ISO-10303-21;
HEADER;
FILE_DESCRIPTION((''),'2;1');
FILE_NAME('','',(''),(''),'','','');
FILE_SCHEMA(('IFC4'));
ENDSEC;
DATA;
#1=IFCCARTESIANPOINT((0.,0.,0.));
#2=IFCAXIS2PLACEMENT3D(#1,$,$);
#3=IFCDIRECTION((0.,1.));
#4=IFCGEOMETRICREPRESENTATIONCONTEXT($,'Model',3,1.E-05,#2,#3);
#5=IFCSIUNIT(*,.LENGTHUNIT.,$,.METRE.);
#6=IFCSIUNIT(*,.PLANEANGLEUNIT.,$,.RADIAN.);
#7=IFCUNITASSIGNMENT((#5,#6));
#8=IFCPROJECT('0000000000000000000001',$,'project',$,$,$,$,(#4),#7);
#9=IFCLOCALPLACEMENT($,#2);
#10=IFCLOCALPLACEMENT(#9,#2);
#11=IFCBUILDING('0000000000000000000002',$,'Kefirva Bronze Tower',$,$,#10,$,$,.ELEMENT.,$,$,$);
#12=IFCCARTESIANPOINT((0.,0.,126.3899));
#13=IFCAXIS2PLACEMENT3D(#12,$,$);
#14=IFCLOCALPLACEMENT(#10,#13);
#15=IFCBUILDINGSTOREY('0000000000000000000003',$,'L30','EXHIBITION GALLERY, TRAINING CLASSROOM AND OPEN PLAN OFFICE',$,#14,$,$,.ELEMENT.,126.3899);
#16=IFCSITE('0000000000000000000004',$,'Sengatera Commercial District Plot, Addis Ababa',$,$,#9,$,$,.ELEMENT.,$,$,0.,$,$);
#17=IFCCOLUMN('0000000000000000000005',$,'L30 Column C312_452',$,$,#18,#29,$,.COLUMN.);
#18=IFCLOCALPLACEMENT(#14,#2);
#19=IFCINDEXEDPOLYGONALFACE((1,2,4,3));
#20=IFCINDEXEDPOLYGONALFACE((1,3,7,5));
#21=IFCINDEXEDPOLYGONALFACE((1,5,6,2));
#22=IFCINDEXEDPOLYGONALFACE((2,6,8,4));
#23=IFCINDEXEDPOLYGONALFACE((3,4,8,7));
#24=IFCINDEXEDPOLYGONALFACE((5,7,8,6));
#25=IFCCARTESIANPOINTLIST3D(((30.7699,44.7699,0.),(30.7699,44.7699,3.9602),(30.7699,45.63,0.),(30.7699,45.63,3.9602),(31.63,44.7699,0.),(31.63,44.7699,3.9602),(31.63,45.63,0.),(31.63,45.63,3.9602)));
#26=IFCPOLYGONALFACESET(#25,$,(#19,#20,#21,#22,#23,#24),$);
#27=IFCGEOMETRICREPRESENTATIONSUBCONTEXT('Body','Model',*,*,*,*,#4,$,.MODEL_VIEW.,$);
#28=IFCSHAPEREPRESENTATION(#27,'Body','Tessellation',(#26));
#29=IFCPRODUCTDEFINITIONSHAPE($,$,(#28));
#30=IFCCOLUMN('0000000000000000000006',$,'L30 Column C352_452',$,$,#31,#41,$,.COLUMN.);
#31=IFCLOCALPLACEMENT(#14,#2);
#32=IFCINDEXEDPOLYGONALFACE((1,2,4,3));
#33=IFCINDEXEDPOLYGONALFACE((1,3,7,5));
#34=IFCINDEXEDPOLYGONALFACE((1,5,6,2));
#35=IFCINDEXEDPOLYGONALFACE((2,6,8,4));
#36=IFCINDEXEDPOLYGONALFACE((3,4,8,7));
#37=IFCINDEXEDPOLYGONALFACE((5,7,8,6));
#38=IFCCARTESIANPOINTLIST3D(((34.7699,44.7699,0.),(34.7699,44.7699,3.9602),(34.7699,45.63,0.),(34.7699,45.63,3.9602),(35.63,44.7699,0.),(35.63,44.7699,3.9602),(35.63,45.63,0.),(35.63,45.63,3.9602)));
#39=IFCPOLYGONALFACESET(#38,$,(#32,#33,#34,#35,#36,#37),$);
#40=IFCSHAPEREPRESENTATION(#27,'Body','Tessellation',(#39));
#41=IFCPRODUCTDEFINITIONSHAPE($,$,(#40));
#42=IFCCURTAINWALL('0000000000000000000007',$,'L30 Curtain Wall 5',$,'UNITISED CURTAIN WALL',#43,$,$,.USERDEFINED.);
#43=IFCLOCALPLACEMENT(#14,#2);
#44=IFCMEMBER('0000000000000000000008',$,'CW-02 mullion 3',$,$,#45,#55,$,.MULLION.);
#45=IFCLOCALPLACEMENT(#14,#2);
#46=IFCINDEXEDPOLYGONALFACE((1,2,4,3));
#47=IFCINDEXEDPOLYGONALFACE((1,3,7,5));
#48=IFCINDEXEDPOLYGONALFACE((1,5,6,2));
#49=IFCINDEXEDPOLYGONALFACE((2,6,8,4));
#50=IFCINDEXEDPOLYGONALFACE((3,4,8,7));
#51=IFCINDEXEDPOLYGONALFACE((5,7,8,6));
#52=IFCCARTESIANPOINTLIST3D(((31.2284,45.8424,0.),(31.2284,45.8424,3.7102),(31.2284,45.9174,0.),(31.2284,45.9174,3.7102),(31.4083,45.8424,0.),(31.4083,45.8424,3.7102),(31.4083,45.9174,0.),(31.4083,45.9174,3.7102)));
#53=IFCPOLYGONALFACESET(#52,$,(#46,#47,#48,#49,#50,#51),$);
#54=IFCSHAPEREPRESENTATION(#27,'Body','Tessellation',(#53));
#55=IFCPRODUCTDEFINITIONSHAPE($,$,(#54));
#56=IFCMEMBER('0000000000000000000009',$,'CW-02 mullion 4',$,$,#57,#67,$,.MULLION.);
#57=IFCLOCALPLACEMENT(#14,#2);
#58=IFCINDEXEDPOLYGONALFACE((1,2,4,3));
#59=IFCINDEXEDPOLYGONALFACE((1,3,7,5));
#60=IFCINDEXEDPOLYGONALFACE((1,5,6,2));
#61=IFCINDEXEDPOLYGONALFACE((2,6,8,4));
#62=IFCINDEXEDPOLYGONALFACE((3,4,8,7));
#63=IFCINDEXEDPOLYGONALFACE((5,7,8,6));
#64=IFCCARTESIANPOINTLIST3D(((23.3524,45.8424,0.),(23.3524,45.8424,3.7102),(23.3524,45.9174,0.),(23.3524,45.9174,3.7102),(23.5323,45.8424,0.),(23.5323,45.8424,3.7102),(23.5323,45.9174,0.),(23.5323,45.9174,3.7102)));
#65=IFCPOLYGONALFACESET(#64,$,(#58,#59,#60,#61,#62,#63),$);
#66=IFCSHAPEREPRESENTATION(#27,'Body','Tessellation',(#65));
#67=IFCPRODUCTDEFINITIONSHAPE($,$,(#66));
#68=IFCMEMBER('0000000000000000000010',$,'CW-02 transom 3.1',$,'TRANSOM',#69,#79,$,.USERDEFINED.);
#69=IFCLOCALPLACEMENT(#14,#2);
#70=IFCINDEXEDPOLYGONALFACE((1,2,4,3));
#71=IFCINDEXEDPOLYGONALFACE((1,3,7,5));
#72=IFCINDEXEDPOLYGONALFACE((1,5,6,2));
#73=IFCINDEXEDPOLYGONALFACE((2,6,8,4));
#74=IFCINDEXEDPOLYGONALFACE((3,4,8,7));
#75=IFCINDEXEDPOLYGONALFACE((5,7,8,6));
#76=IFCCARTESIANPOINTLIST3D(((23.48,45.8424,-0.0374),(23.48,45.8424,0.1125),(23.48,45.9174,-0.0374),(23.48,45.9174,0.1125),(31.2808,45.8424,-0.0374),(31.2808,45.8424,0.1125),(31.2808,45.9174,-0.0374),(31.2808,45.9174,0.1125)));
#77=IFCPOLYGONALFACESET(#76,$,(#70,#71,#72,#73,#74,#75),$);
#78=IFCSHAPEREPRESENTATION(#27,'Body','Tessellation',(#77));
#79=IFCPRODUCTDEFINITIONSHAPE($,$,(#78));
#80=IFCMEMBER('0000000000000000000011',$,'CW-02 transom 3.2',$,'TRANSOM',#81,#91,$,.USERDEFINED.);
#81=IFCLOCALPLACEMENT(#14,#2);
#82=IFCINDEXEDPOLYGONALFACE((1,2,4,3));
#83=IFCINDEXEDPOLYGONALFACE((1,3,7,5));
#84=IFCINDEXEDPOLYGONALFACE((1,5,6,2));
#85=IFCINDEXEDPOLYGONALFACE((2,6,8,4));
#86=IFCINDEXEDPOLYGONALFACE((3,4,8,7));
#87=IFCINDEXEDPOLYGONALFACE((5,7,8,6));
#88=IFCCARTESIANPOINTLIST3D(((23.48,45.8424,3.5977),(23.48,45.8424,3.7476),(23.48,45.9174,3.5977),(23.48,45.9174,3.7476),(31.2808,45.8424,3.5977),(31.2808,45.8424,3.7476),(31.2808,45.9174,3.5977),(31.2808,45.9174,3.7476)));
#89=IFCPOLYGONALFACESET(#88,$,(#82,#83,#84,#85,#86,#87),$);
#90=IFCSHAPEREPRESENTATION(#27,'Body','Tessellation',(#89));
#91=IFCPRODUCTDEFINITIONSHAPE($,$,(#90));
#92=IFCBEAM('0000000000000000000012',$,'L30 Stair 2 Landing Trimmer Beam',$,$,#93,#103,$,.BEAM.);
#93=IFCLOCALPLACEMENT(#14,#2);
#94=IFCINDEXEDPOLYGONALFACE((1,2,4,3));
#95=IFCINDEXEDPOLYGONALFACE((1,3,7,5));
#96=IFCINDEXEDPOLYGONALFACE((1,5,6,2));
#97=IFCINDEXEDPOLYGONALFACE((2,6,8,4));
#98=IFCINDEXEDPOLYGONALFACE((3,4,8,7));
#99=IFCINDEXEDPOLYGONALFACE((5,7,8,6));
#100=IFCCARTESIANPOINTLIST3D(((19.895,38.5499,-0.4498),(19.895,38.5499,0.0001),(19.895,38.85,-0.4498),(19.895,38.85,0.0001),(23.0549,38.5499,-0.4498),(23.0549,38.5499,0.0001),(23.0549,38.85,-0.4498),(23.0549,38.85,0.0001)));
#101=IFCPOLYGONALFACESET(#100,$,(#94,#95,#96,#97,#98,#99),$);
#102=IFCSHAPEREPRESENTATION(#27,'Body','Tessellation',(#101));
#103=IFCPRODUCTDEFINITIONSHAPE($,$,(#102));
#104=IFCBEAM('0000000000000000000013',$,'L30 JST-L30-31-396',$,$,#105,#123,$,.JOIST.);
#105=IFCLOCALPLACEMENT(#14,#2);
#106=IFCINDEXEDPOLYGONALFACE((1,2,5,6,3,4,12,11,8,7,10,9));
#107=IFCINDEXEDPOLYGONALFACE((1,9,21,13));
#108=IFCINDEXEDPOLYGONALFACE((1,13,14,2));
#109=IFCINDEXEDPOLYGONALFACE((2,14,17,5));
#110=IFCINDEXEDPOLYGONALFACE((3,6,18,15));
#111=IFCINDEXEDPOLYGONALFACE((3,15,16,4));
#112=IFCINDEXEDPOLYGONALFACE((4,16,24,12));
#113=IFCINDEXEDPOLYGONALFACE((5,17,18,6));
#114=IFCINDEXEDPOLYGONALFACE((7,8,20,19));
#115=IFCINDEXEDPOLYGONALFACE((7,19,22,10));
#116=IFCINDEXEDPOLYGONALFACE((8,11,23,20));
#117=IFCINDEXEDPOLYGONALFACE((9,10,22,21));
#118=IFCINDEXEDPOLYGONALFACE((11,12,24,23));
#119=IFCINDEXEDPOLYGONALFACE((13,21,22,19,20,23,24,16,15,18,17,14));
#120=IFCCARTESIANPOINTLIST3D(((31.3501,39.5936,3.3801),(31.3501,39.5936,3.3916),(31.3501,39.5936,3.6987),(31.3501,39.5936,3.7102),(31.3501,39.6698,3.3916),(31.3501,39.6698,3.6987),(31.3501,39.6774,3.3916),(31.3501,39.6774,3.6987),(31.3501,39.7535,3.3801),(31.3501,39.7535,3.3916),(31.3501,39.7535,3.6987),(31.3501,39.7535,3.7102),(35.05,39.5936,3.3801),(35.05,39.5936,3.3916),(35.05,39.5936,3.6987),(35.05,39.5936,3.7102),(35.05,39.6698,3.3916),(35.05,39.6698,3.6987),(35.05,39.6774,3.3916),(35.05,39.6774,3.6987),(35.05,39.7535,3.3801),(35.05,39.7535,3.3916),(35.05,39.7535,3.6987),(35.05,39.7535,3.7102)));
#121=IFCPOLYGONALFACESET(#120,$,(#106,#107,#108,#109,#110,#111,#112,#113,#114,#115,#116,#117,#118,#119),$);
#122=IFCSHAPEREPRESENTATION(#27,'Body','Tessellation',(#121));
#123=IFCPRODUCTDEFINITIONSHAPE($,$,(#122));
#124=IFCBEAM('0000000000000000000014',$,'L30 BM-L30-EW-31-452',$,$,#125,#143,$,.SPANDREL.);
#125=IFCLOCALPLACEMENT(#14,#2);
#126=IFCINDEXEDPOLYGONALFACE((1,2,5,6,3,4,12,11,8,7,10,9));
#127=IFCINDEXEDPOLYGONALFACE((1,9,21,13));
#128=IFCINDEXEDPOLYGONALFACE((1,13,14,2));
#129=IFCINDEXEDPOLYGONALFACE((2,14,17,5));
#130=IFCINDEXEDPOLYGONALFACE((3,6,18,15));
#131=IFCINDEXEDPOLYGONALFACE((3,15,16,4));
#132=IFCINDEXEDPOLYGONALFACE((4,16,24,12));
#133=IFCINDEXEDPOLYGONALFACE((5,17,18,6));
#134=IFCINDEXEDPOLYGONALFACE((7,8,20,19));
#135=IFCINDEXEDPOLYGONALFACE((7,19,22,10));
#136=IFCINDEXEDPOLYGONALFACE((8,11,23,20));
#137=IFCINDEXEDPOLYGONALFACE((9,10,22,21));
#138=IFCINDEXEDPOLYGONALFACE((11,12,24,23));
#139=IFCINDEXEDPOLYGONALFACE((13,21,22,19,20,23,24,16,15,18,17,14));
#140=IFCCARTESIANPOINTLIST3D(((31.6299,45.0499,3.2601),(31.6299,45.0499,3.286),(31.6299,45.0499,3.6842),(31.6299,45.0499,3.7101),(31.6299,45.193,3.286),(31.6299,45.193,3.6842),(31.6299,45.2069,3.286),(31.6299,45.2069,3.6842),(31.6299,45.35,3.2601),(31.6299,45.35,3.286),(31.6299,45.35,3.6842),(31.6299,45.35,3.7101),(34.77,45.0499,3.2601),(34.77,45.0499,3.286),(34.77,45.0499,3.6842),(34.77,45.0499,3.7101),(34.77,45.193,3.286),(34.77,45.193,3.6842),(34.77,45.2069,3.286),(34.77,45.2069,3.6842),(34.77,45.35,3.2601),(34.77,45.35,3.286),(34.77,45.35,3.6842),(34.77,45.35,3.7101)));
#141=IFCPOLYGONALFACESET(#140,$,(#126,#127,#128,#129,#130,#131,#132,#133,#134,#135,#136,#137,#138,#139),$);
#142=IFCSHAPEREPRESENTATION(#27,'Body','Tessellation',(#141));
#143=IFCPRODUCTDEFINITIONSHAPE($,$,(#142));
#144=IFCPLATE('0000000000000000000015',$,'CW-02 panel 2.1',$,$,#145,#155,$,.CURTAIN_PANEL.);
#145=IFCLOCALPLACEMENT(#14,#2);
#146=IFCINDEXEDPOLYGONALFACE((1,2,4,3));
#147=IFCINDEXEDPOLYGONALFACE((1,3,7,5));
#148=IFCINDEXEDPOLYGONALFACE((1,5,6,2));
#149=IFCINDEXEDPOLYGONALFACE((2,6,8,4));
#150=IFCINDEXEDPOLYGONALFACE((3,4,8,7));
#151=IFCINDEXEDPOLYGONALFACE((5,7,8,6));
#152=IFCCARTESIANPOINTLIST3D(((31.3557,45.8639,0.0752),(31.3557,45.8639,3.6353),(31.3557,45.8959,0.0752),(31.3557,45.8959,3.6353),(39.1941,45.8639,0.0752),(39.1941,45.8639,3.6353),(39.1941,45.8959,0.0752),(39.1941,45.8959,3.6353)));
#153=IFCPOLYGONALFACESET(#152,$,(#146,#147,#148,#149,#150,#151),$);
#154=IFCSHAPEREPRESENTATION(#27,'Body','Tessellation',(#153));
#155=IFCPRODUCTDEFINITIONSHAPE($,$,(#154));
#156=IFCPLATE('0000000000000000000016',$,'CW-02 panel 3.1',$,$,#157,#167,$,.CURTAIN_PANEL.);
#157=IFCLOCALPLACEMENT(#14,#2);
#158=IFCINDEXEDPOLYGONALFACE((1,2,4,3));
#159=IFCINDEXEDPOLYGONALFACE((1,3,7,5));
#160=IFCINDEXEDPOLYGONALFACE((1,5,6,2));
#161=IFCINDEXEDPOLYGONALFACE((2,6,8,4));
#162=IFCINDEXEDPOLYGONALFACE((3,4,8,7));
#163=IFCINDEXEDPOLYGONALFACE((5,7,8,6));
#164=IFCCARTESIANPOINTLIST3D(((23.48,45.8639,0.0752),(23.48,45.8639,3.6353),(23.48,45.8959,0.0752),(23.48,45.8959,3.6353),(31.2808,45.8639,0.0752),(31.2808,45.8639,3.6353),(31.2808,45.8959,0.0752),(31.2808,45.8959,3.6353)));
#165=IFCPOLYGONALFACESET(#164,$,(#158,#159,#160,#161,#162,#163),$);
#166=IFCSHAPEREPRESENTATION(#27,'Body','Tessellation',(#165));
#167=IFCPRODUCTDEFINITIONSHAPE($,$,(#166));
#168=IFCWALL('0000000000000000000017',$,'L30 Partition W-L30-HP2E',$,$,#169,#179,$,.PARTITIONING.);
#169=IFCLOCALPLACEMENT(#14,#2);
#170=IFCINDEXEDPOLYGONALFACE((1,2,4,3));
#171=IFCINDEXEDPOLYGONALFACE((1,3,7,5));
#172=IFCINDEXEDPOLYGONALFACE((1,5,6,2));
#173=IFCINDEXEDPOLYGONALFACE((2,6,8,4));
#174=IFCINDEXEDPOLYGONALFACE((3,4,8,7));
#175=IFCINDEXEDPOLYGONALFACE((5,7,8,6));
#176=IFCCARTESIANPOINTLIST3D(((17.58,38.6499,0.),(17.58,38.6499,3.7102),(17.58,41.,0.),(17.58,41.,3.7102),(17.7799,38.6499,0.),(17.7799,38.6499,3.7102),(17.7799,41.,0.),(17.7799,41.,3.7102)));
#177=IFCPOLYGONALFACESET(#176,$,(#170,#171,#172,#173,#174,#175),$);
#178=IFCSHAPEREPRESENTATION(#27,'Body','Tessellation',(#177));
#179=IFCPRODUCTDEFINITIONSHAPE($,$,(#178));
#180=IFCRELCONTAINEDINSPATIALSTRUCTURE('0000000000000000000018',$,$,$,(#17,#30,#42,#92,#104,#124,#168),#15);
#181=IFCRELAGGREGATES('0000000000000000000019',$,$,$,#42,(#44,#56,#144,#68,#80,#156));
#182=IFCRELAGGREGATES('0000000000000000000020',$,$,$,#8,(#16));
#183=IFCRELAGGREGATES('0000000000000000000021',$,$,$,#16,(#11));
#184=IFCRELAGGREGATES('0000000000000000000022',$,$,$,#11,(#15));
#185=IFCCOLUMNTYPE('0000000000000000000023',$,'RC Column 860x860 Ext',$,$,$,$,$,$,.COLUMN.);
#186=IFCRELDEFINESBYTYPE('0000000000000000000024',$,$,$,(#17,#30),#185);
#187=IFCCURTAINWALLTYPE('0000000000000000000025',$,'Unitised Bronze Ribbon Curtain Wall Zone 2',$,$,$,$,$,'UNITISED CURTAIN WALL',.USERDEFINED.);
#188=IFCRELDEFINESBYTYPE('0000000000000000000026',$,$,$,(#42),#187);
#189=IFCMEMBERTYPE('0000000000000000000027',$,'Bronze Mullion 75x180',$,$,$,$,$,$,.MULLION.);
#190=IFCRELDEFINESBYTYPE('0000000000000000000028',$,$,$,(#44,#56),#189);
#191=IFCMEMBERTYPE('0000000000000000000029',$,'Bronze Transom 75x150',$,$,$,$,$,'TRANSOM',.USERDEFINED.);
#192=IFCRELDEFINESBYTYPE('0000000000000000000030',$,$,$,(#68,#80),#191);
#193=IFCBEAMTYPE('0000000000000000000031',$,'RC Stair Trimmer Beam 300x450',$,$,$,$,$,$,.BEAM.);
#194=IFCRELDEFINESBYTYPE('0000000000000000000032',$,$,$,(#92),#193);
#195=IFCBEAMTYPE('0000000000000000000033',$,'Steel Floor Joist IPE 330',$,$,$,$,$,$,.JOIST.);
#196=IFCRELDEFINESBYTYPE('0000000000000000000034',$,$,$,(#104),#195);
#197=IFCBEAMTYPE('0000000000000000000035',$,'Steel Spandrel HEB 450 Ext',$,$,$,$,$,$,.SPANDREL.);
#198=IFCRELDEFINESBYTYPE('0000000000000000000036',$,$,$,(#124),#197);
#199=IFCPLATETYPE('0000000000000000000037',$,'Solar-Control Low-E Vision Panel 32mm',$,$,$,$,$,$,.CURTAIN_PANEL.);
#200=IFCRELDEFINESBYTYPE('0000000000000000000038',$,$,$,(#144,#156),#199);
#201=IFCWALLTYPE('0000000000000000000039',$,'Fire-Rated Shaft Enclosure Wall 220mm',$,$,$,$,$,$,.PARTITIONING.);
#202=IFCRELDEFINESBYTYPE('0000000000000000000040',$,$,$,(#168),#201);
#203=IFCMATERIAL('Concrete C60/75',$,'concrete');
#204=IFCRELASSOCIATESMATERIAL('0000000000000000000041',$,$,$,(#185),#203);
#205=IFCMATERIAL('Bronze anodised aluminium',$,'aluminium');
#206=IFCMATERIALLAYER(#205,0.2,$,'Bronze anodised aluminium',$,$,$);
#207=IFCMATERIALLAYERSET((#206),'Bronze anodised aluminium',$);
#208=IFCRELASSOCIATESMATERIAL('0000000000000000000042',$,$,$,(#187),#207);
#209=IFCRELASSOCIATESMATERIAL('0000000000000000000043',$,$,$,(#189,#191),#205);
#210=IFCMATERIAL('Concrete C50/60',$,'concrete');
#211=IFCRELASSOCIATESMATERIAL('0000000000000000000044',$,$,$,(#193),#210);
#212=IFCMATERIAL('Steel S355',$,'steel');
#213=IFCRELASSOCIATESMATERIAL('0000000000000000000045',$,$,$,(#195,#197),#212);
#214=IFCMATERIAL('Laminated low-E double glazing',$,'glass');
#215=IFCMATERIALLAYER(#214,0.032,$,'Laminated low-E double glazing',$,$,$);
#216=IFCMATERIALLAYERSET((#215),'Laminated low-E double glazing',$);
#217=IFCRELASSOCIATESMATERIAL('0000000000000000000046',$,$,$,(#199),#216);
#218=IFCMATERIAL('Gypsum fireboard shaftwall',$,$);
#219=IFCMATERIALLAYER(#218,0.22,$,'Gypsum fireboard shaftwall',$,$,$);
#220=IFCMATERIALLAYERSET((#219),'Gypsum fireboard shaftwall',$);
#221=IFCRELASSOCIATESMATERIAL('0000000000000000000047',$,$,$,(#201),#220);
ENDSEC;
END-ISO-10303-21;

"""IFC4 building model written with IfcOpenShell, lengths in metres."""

from ifc_helpers import new_model, si_unit, direction, frame, frame_2d, origin, origin_2d, place, context, subcontext, project, spatial, rectangle, i_section, extrude, material, layer, layer_set, material_profile, profile_set, type_object, element, aggregate, save


model = new_model("IFC4")

# Units and contexts
model_context = context("Model", 3, precision=1e-05, world=origin(), true_north=direction((0.0, 1.0)))
body_context = subcontext(model_context, "Body", "Model", "MODEL_VIEW")
ifc_project = project(units=[si_unit("LENGTHUNIT", "METRE"), si_unit("PLANEANGLEUNIT", "RADIAN")], contexts=[model_context])

# Site, building, storey
site_placement = place(None, origin())
site = spatial("IfcSite", under=ifc_project, at=site_placement, Name="Sengatera Commercial District Plot, Addis Ababa", CompositionType="ELEMENT", RefElevation=0.0)
building_placement = place(site_placement, origin())
building = spatial("IfcBuilding", under=site, at=building_placement, Name="Kefirva Bronze Tower", CompositionType="ELEMENT")
storey_placement = place(building_placement, frame((0.0, 0.0, 126.3899)))
storey = spatial("IfcBuildingStorey", under=building, at=storey_placement, Name="L30", Description="EXHIBITION GALLERY, TRAINING CLASSROOM AND OPEN PLAN OFFICE", CompositionType="ELEMENT", Elevation=126.3899)

# Columns
ifc_material_1 = material(Name="Concrete C60/75", Category="concrete")
ifc_material_profile_1 = material_profile(ifc_material_1, rectangle(XDim=0.8601, YDim=0.8601, at=origin_2d()), Name="RC 860x860")
ifc_profile_set_1 = profile_set([ifc_material_profile_1], Name="Concrete C60/75")
column_type = type_object("IfcColumnType", Name="RC Column 860x860 Ext", PredefinedType="COLUMN", material=ifc_profile_set_1)
for number, where, z_axis, x_axis, name in (
    (1, (31.2, 45.2, 0.0), (0.0, 0.0, 1.0), (1.0, 0.0, 0.0), "L30 Column C312_452"),
    (2, (35.2, 45.2, 0.0), (0.0, 0.0, 1.0), (1.0, 0.0, 0.0), "L30 Column C352_452"),
):
    element("IfcColumn", number, at=place(storey_placement, frame(where, z_axis=z_axis, x_axis=x_axis)), inside=storey, type_object=column_type, Name=name, PredefinedType="COLUMN", context=body_context, shape_type="SweptSolid", body=[
        extrude(rectangle(XDim=0.8601, YDim=0.8601, at=origin_2d()), origin(), (0.0, 0.0, 1.0), 3.9602),
    ])

# Curtain wall, members
ifc_material_2 = material(Name="Bronze anodised aluminium", Category="aluminium")
ifc_layer_1 = layer(ifc_material_2, 0.2, Name="Bronze anodised aluminium")
ifc_layer_set_1 = layer_set([ifc_layer_1], Name="Bronze anodised aluminium")
curtain_wall_type = type_object("IfcCurtainWallType", Name="Unitised Bronze Ribbon Curtain Wall Zone 2", ElementType="UNITISED CURTAIN WALL", PredefinedType="USERDEFINED", material=ifc_layer_set_1)
curtain_wall_placement = place(storey_placement, origin())
curtain_wall = element("IfcCurtainWall", 3, at=curtain_wall_placement, inside=storey, type_object=curtain_wall_type, Name="L30 Curtain Wall 5", ObjectType="UNITISED CURTAIN WALL", PredefinedType="USERDEFINED")
ifc_material_profile_2 = material_profile(ifc_material_2, rectangle(XDim=0.075, YDim=0.1799, at=origin_2d()), Name="ALU 75x180")
ifc_profile_set_2 = profile_set([ifc_material_profile_2], Name="Bronze anodised aluminium")
member_type_1 = type_object("IfcMemberType", Name="Bronze Mullion 75x180", PredefinedType="MULLION", material=ifc_profile_set_2)
member_1_placement = place(storey_placement, frame((31.3184, 45.8799, 0.0), z_axis=(0.0, 0.0, 1.0), x_axis=(0.0, -1.0, 0.0)))
member_1 = element("IfcMember", 4, at=member_1_placement, type_object=member_type_1, Name="CW-02 mullion 3", PredefinedType="MULLION", context=body_context, shape_type="SweptSolid", body=[
    extrude(rectangle(XDim=0.075, YDim=0.1799, at=origin_2d()), origin(), (0.0, 0.0, 1.0), 3.7102),
])
member_2_placement = place(storey_placement, frame((23.4424, 45.8799, 0.0), z_axis=(0.0, 0.0, 1.0), x_axis=(0.0, -1.0, 0.0)))
member_2 = element("IfcMember", 5, at=member_2_placement, type_object=member_type_1, Name="CW-02 mullion 4", PredefinedType="MULLION", context=body_context, shape_type="SweptSolid", body=[
    extrude(rectangle(XDim=0.075, YDim=0.1799, at=origin_2d()), origin(), (0.0, 0.0, 1.0), 3.7102),
])
ifc_material_profile_3 = material_profile(ifc_material_2, rectangle(XDim=0.075, YDim=0.1499, at=origin_2d()), Name="ALU 75x150")
ifc_profile_set_3 = profile_set([ifc_material_profile_3], Name="Bronze anodised aluminium")
member_type_2 = type_object("IfcMemberType", Name="Bronze Transom 75x150", ElementType="TRANSOM", PredefinedType="USERDEFINED", material=ifc_profile_set_3)
member_3_placement = place(storey_placement, frame((31.2808, 45.8799, 0.0376), z_axis=(-1.0, 0.0, 0.0), x_axis=(0.0, -1.0, 0.0)))
member_3 = element("IfcMember", 6, at=member_3_placement, type_object=member_type_2, Name="CW-02 transom 3.1", ObjectType="TRANSOM", PredefinedType="USERDEFINED", context=body_context, shape_type="SweptSolid", body=[
    extrude(rectangle(XDim=0.075, YDim=0.1499, at=origin_2d()), origin(), (0.0, 0.0, 1.0), 7.8008),
])
member_4_placement = place(storey_placement, frame((31.2808, 45.8799, 3.6726), z_axis=(-1.0, 0.0, 0.0), x_axis=(0.0, -1.0, 0.0)))
member_4 = element("IfcMember", 7, at=member_4_placement, type_object=member_type_2, Name="CW-02 transom 3.2", ObjectType="TRANSOM", PredefinedType="USERDEFINED", context=body_context, shape_type="SweptSolid", body=[
    extrude(rectangle(XDim=0.075, YDim=0.1499, at=origin_2d()), origin(), (0.0, 0.0, 1.0), 7.8008),
])

# Beams
ifc_material_3 = material(Name="Concrete C50/60", Category="concrete")
ifc_material_profile_4 = material_profile(ifc_material_3, rectangle(XDim=0.3, YDim=0.45, at=origin_2d()), Name="RC 300x450")
ifc_profile_set_4 = profile_set([ifc_material_profile_4], Name="Concrete C50/60")
beam_type_1 = type_object("IfcBeamType", Name="RC Stair Trimmer Beam 300x450", PredefinedType="BEAM", material=ifc_profile_set_4)
beam_1_placement = place(storey_placement, frame((19.895, 38.7, -0.2249), z_axis=(1.0, 0.0, 0.0), x_axis=(0.0, 1.0, 0.0)))
element("IfcBeam", 8, at=beam_1_placement, inside=storey, type_object=beam_type_1, Name="L30 Stair 2 Landing Trimmer Beam", PredefinedType="BEAM", context=body_context, shape_type="SweptSolid", body=[
    extrude(rectangle(XDim=0.3, YDim=0.45, at=origin_2d()), origin(), (0.0, 0.0, 1.0), 3.1599),
])
ifc_material_4 = material(Name="Steel S355", Category="steel")
ifc_material_profile_5 = material_profile(ifc_material_4, i_section(OverallWidth=0.1599, OverallDepth=0.3301, WebThickness=0.0076, FlangeThickness=0.0115, at=origin_2d()), Name="IPE 330")
ifc_profile_set_5 = profile_set([ifc_material_profile_5], Name="Steel S355")
beam_type_2 = type_object("IfcBeamType", Name="Steel Floor Joist IPE 330", PredefinedType="JOIST", material=ifc_profile_set_5)
beam_2_placement = place(storey_placement, frame((31.3501, 39.6736, 3.5452), z_axis=(1.0, 0.0, 0.0), x_axis=(0.0, 1.0, 0.0)))
element("IfcBeam", 9, at=beam_2_placement, inside=storey, type_object=beam_type_2, Name="L30 JST-L30-31-396", PredefinedType="JOIST", context=body_context, shape_type="SweptSolid", body=[
    extrude(i_section(OverallWidth=0.1599, OverallDepth=0.3301, WebThickness=0.0076, FlangeThickness=0.0115, at=origin_2d()), origin(), (0.0, 0.0, 1.0), 3.7),
])
ifc_material_profile_6 = material_profile(ifc_material_4, i_section(OverallWidth=0.3, OverallDepth=0.45, WebThickness=0.0139, FlangeThickness=0.0259, at=origin_2d()), Name="HEB 450")
ifc_profile_set_6 = profile_set([ifc_material_profile_6], Name="Steel S355")
beam_type_3 = type_object("IfcBeamType", Name="Steel Spandrel HEB 450 Ext", PredefinedType="SPANDREL", material=ifc_profile_set_6)
beam_3_placement = place(storey_placement, frame((31.6299, 45.2, 3.4851), z_axis=(1.0, 0.0, 0.0), x_axis=(0.0, 1.0, 0.0)))
element("IfcBeam", 10, at=beam_3_placement, inside=storey, type_object=beam_type_3, Name="L30 BM-L30-EW-31-452", PredefinedType="SPANDREL", context=body_context, shape_type="SweptSolid", body=[
    extrude(i_section(OverallWidth=0.3, OverallDepth=0.45, WebThickness=0.0139, FlangeThickness=0.0259, at=origin_2d()), origin(), (0.0, 0.0, 1.0), 3.1401),
])

# Plates
ifc_material_5 = material(Name="Laminated low-E double glazing", Category="glass")
ifc_layer_2 = layer(ifc_material_5, 0.032, Name="Laminated low-E double glazing")
ifc_layer_set_2 = layer_set([ifc_layer_2], Name="Laminated low-E double glazing")
plate_type = type_object("IfcPlateType", Name="Solar-Control Low-E Vision Panel 32mm", PredefinedType="CURTAIN_PANEL", material=ifc_layer_set_2)
plate_1_placement = place(storey_placement, frame((35.2749, 45.8799, 0.0752), z_axis=(0.0, 0.0, 1.0), x_axis=(-1.0, 0.0, 0.0)))
plate_1 = element("IfcPlate", 11, at=plate_1_placement, type_object=plate_type, Name="CW-02 panel 2.1", PredefinedType="CURTAIN_PANEL", context=body_context, shape_type="SweptSolid", body=[
    extrude(rectangle(XDim=7.8384, YDim=0.032, at=origin_2d()), origin(), (0.0, 0.0, 1.0), 3.5601),
])
plate_2_placement = place(storey_placement, frame((27.3804, 45.8799, 0.0752), z_axis=(0.0, 0.0, 1.0), x_axis=(-1.0, 0.0, 0.0)))
plate_2 = element("IfcPlate", 12, at=plate_2_placement, type_object=plate_type, Name="CW-02 panel 3.1", PredefinedType="CURTAIN_PANEL", context=body_context, shape_type="SweptSolid", body=[
    extrude(rectangle(XDim=7.8008, YDim=0.032, at=origin_2d()), origin(), (0.0, 0.0, 1.0), 3.5601),
])
aggregate(curtain_wall, [member_1, member_2, plate_1, member_3, member_4, plate_2])

# Wall
ifc_material_6 = material(Name="Gypsum fireboard shaftwall")
ifc_layer_3 = layer(ifc_material_6, 0.22, Name="Gypsum fireboard shaftwall")
ifc_layer_set_3 = layer_set([ifc_layer_3], Name="Gypsum fireboard shaftwall")
wall_type_1 = type_object("IfcWallType", Name="Fire-Rated Shaft Enclosure Wall 220mm", PredefinedType="PARTITIONING", material=ifc_layer_set_3)
wall_1_placement = place(storey_placement, frame((17.6799, 38.6499, 0.0), z_axis=(0.0, 0.0, 1.0), x_axis=(0.0, 1.0, 0.0)))
element("IfcWall", 13, at=wall_1_placement, inside=storey, type_object=wall_type_1, Name="L30 Partition W-L30-HP2E", PredefinedType="PARTITIONING", context=body_context, shape_type="SweptSolid", body=[
    extrude(rectangle(XDim=2.3501, YDim=0.2, at=frame_2d((1.175, 0.0))), origin(), (0.0, 0.0, 1.0), 3.7102),
])

save(model, "model.ifc")
